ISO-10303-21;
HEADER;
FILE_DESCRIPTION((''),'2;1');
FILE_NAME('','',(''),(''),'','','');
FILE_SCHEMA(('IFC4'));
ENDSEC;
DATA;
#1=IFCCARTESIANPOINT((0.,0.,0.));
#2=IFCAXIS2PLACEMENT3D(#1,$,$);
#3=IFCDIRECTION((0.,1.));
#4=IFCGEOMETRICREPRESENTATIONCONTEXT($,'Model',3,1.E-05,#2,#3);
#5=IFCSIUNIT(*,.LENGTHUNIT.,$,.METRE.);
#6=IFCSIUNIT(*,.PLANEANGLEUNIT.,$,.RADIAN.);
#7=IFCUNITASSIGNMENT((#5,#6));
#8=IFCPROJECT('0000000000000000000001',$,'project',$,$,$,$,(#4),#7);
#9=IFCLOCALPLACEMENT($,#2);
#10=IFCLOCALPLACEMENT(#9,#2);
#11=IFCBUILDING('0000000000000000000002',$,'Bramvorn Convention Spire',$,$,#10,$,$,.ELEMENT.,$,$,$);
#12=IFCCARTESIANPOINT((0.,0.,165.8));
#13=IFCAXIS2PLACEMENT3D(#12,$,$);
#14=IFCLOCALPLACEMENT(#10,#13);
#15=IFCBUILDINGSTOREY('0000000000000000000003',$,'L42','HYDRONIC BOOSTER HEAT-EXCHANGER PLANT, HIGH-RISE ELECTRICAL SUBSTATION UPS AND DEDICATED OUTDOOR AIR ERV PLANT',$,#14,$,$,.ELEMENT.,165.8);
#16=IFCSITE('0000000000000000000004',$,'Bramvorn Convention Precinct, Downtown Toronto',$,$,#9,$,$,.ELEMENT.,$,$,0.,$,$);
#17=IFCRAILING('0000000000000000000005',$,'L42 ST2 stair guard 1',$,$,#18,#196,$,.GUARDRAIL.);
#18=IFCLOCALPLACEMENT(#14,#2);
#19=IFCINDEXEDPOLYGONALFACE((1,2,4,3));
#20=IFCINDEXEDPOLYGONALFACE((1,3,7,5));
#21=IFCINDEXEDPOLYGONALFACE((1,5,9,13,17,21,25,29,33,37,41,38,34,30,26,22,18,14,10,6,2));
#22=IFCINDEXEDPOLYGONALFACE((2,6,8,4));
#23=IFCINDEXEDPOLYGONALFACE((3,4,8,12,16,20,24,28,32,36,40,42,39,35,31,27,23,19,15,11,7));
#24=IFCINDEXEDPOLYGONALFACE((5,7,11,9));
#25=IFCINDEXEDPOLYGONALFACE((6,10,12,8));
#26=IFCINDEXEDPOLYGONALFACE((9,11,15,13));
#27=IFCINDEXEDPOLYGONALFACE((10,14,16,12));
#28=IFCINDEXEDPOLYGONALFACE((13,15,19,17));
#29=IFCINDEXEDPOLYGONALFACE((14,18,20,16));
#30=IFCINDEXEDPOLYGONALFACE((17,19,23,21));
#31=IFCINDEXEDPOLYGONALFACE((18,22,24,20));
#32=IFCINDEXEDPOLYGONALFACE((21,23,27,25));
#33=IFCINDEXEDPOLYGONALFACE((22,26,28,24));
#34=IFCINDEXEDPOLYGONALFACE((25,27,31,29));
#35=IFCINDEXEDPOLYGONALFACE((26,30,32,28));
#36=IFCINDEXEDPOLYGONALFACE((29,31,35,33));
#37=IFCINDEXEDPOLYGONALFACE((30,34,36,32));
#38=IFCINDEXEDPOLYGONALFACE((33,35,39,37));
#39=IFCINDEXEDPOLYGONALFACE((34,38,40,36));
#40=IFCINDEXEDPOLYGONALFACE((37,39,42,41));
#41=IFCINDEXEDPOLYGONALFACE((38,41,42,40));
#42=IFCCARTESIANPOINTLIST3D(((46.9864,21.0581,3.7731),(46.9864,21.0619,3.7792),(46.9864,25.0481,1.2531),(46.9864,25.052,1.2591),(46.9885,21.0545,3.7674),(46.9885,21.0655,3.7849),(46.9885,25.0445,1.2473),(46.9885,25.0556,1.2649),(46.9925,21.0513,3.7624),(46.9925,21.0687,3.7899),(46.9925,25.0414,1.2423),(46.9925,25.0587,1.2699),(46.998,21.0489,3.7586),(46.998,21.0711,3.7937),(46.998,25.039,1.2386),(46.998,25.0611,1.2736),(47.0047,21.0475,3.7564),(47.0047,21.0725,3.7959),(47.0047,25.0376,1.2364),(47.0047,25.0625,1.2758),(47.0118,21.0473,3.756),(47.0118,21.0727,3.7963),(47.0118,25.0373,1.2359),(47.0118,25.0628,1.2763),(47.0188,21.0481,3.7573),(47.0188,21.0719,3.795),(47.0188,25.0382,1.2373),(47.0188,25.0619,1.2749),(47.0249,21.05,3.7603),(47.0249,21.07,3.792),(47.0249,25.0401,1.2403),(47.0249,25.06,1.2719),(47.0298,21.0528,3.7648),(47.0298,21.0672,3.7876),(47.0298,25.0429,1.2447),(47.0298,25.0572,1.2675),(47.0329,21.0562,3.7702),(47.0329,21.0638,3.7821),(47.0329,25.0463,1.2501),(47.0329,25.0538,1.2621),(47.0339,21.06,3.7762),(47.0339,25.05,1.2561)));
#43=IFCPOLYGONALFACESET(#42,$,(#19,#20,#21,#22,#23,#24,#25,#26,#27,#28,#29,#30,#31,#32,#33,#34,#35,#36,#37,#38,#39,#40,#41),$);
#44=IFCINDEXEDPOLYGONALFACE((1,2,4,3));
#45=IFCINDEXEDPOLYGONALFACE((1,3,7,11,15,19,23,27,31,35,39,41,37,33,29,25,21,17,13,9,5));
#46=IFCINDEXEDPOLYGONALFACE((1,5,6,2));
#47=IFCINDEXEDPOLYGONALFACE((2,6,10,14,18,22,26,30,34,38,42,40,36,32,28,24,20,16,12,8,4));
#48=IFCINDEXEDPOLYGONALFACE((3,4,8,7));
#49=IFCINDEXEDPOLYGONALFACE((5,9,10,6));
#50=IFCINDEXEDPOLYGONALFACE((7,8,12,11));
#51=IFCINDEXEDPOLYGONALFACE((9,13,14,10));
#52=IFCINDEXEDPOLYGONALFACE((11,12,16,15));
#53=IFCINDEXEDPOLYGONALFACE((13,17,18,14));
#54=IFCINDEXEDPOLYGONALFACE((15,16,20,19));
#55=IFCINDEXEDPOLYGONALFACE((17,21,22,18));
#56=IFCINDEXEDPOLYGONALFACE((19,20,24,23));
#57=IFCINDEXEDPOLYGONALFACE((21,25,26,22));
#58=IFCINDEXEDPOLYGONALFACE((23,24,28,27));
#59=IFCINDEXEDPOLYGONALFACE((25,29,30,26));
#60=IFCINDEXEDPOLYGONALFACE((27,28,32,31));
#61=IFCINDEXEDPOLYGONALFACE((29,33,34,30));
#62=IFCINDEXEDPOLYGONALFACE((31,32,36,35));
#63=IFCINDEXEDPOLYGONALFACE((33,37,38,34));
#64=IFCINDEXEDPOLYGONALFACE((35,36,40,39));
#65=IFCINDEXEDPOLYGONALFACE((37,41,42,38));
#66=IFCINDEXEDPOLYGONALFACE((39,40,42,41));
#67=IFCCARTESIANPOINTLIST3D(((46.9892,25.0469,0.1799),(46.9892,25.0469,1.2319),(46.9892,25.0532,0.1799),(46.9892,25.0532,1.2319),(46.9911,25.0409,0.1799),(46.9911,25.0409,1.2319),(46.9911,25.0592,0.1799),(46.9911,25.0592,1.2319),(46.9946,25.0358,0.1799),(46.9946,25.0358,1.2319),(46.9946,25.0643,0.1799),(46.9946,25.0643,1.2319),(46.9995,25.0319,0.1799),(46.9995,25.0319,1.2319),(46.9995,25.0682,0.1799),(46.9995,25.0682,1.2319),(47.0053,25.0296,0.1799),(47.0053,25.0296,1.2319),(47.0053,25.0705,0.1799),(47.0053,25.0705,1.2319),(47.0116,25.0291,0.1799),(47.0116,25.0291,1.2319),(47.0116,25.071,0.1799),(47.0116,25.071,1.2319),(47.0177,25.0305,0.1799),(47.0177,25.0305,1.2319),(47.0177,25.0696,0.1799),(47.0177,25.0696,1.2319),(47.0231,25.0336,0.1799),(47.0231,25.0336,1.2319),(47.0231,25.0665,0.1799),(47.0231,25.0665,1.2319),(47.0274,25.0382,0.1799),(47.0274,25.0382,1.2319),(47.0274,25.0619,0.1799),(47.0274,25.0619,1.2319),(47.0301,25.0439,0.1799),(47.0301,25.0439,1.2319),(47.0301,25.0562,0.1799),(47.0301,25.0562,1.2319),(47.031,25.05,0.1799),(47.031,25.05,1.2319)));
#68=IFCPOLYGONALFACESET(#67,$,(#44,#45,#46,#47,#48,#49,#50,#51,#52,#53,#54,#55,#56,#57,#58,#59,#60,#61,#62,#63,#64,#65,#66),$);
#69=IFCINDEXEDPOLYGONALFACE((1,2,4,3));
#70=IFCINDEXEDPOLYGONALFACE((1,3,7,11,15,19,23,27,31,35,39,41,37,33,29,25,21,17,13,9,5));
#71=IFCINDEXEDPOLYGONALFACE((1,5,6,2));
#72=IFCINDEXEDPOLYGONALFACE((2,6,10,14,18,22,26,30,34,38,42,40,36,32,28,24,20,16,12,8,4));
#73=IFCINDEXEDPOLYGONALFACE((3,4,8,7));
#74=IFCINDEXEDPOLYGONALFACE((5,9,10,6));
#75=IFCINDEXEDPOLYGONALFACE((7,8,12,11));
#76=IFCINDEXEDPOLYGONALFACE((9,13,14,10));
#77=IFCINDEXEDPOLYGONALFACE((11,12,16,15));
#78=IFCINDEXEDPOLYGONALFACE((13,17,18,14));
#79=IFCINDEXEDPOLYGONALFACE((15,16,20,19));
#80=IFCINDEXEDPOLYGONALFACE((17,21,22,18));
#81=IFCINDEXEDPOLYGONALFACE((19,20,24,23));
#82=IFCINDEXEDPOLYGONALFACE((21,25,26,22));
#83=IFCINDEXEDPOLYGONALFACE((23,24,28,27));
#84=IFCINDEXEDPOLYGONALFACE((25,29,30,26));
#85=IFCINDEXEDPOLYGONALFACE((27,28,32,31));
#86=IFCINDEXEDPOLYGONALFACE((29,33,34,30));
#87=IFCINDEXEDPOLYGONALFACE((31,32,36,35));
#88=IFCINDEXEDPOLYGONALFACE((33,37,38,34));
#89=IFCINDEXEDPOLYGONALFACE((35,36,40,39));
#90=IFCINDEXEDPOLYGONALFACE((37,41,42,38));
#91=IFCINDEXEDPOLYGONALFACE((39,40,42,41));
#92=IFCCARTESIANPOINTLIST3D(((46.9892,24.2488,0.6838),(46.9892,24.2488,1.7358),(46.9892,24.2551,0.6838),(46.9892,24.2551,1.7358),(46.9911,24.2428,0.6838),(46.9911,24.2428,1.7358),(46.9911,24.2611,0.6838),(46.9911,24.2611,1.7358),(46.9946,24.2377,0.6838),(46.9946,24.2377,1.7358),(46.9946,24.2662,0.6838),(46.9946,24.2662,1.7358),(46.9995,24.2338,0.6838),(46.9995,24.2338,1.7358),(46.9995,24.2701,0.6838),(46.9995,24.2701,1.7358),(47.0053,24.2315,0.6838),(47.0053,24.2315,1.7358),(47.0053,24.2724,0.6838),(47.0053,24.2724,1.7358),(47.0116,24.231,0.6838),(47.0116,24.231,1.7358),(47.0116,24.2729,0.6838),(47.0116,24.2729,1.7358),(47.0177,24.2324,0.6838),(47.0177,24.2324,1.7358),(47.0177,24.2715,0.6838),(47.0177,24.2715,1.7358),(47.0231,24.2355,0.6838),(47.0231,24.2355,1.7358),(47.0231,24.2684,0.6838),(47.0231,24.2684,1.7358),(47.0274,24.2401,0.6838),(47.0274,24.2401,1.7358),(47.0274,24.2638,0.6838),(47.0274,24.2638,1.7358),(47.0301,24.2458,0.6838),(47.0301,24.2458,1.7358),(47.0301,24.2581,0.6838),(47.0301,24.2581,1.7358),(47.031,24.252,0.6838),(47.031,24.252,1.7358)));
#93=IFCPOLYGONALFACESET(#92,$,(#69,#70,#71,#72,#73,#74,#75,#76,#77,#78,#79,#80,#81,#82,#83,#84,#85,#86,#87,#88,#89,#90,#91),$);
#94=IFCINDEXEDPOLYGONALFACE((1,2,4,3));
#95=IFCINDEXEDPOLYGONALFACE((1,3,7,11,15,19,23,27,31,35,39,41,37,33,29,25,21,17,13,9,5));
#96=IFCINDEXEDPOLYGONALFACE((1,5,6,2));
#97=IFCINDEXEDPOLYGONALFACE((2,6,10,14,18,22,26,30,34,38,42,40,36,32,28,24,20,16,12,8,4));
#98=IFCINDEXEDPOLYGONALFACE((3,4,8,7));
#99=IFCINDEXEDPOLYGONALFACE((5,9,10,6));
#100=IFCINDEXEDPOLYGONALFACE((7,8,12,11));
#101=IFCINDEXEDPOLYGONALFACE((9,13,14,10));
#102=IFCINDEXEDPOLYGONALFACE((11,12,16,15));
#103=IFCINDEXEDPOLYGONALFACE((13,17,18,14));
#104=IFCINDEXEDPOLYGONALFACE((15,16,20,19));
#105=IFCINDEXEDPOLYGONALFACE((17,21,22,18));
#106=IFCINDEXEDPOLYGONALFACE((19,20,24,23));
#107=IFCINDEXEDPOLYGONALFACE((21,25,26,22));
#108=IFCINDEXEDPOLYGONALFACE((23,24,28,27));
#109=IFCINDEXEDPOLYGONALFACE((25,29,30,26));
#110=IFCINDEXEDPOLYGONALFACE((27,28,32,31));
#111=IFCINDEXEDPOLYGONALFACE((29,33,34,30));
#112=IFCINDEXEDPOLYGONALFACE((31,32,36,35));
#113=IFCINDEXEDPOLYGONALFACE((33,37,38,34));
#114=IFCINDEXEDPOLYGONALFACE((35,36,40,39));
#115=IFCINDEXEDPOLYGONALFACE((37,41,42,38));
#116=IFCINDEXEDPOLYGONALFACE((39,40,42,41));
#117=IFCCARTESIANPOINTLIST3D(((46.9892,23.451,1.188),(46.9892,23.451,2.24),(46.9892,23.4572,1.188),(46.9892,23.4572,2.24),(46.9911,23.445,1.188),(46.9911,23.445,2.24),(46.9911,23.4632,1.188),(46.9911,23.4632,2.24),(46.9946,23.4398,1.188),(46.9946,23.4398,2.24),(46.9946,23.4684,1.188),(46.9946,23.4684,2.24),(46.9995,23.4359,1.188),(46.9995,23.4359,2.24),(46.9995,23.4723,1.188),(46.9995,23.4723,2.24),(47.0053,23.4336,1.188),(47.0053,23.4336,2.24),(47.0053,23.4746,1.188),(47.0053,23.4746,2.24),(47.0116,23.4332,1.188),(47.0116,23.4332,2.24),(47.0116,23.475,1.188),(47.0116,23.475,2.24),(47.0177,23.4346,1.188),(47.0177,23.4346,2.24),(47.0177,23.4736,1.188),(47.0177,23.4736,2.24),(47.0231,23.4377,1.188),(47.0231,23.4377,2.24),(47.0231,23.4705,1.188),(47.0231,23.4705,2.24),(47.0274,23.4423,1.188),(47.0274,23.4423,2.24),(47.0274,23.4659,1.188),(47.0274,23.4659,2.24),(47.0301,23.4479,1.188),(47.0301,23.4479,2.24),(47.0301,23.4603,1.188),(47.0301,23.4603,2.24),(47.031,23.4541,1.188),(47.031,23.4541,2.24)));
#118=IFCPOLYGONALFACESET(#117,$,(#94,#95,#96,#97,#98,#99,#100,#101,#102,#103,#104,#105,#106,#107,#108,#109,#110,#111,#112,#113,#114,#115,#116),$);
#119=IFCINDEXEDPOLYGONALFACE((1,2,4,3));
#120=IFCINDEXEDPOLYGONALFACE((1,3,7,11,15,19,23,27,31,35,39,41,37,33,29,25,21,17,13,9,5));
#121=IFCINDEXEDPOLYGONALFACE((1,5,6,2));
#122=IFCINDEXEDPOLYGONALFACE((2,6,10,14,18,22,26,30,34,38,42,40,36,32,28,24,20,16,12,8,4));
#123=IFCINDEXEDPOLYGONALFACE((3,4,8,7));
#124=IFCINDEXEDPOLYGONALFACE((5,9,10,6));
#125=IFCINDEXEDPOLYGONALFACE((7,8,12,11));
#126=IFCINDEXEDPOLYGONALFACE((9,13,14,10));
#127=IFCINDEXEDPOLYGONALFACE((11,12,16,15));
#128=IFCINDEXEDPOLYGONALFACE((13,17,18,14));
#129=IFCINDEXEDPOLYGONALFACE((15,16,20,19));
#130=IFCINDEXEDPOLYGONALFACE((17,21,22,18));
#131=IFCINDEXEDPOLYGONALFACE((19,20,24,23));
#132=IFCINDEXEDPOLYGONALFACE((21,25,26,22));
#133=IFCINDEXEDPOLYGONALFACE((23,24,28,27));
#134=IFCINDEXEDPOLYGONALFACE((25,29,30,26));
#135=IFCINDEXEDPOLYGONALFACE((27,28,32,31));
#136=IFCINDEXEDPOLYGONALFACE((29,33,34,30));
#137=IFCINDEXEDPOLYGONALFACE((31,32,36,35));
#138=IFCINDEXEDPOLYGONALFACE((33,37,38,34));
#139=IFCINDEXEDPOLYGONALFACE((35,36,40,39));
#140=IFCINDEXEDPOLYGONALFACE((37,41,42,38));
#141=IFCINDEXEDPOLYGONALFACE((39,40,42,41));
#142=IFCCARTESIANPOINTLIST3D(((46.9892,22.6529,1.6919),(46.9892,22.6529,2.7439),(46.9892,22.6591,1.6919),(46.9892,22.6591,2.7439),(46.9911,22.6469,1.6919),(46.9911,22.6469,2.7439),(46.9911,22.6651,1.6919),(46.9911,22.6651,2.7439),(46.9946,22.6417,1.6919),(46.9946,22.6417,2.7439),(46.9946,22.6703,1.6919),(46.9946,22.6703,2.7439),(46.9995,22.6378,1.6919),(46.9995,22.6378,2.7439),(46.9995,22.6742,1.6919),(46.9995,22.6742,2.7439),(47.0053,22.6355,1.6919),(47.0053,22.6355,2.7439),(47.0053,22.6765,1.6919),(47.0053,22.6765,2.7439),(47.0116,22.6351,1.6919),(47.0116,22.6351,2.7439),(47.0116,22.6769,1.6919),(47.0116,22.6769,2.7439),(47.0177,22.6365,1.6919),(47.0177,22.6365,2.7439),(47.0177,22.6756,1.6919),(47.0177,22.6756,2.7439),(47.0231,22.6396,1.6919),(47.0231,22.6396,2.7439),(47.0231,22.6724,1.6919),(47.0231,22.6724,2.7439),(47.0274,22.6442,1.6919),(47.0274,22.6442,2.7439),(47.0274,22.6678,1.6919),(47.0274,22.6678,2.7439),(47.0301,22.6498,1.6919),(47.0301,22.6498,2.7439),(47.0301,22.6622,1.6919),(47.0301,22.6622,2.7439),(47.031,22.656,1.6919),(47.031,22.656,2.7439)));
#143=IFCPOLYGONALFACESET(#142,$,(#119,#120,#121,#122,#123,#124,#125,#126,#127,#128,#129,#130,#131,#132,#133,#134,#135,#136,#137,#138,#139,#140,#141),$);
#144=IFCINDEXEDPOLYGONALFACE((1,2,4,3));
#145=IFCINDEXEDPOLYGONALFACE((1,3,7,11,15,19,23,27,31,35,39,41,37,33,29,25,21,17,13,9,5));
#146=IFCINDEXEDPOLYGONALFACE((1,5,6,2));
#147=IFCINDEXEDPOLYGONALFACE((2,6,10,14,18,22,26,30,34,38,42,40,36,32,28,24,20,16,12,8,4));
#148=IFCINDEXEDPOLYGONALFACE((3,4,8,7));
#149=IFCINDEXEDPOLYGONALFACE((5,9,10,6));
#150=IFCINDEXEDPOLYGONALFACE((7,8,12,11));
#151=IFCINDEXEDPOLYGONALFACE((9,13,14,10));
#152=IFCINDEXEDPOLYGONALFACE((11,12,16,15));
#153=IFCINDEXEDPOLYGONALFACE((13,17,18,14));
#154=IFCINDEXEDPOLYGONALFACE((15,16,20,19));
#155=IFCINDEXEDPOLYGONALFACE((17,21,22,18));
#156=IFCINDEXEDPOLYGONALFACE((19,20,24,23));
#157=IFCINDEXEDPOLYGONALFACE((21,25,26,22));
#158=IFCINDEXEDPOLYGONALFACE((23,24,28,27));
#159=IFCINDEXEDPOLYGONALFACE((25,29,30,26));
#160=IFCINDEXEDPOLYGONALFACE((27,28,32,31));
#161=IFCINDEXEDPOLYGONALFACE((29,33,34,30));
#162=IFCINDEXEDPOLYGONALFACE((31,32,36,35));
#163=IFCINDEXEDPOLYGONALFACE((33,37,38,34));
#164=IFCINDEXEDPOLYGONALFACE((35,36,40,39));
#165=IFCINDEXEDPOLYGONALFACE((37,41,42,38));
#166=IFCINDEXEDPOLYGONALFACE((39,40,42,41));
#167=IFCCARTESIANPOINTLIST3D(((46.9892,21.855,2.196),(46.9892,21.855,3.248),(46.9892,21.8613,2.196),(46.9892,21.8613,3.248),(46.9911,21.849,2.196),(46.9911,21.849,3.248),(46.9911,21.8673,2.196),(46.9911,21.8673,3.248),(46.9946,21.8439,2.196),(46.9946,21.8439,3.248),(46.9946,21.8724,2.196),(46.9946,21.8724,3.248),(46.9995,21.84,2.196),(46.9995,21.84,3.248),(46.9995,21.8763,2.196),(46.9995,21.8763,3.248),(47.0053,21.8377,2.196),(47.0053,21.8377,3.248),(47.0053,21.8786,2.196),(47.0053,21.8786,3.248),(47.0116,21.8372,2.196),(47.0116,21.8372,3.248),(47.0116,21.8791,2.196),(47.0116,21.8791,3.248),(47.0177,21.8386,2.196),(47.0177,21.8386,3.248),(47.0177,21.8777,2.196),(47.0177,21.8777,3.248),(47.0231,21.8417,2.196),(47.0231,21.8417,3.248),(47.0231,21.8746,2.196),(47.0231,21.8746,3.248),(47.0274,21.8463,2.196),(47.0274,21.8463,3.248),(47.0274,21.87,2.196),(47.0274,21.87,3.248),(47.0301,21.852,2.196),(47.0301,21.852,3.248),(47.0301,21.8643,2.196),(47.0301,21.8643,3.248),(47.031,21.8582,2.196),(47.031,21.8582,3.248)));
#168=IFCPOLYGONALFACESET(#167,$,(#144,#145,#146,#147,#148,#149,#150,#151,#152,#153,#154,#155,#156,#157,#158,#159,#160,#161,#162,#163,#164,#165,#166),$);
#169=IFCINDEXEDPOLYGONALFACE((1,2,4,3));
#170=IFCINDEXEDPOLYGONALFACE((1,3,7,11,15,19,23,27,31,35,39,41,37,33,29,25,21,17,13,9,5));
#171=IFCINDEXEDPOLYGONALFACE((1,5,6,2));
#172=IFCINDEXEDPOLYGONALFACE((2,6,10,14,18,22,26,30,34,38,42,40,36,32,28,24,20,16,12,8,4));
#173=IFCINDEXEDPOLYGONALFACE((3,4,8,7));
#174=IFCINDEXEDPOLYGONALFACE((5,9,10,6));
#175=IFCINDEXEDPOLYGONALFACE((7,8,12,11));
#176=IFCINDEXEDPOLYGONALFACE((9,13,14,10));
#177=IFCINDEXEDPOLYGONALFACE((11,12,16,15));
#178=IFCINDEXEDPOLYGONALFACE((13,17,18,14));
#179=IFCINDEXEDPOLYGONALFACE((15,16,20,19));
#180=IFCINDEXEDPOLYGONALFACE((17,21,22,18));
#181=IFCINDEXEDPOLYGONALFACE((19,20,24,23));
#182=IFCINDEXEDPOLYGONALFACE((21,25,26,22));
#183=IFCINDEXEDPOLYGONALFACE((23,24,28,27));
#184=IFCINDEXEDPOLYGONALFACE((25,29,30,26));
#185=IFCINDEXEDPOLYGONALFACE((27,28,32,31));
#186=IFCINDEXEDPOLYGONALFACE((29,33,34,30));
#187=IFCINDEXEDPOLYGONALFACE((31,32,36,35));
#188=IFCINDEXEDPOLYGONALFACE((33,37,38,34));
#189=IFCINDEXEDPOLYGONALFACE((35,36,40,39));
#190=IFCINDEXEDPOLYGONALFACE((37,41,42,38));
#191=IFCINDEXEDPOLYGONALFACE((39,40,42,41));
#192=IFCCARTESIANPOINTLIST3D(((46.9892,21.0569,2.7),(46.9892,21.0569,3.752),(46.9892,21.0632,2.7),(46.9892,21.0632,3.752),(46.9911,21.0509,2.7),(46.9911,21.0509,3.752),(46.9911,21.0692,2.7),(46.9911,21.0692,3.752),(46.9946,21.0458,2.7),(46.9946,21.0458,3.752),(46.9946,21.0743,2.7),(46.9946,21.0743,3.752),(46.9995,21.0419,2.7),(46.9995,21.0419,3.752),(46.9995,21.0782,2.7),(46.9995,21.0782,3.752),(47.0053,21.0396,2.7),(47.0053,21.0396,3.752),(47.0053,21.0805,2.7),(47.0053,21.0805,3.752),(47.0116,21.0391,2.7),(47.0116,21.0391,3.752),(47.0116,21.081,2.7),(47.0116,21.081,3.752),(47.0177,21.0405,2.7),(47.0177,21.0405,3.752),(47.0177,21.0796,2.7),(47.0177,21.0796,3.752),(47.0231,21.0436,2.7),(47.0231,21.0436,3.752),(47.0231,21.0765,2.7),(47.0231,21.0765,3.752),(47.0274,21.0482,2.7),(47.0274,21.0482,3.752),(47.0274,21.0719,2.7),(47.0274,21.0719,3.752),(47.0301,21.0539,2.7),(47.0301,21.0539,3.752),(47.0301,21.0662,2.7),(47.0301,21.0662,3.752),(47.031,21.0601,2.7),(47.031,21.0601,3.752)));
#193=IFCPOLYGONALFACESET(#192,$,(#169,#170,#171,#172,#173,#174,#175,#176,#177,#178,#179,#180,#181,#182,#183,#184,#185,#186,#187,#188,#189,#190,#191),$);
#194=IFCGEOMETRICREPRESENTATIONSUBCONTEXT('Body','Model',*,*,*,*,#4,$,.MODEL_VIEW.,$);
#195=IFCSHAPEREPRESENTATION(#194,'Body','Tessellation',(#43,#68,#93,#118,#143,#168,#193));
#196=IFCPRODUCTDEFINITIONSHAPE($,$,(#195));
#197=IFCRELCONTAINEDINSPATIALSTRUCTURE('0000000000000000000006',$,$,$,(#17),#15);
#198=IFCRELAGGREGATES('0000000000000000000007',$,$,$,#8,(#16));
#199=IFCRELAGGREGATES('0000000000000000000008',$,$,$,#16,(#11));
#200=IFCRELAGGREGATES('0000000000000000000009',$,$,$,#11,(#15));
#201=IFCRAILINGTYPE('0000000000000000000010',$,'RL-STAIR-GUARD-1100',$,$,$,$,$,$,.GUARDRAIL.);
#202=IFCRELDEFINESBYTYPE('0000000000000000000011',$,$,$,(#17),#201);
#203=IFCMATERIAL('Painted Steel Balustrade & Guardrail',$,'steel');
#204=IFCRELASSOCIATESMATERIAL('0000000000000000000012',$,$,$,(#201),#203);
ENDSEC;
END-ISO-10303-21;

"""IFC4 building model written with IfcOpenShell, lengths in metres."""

from ifc_helpers import new_model, si_unit, direction, frame, origin, origin_2d, place, context, subcontext, project, spatial, circle, extrude, material, type_object, element, save


model = new_model("IFC4")

# Units and contexts
model_context = context("Model", 3, precision=1e-05, world=origin(), true_north=direction((0.0, 1.0)))
body_context = subcontext(model_context, "Body", "Model", "MODEL_VIEW")
ifc_project = project(units=[si_unit("LENGTHUNIT", "METRE"), si_unit("PLANEANGLEUNIT", "RADIAN")], contexts=[model_context])

# Site, building, storey
site_placement = place(None, origin())
site = spatial("IfcSite", under=ifc_project, at=site_placement, Name="Bramvorn Convention Precinct, Downtown Toronto", CompositionType="ELEMENT", RefElevation=0.0)
building_placement = place(site_placement, origin())
building = spatial("IfcBuilding", under=site, at=building_placement, Name="Bramvorn Convention Spire", CompositionType="ELEMENT")
storey_placement = place(building_placement, frame((0.0, 0.0, 165.8)))
storey = spatial("IfcBuildingStorey", under=building, at=storey_placement, Name="L42", Description="HYDRONIC BOOSTER HEAT-EXCHANGER PLANT, HIGH-RISE ELECTRICAL SUBSTATION UPS AND DEDICATED OUTDOOR AIR ERV PLANT", CompositionType="ELEMENT", Elevation=165.8)

# Railing
ifc_material_1 = material(Name="Painted Steel Balustrade & Guardrail", Category="steel")
railing_type_1 = type_object("IfcRailingType", Name="RL-STAIR-GUARD-1100", PredefinedType="GUARDRAIL", material=ifc_material_1)
railing_1_placement = place(storey_placement, frame((47.01, 25.05, 0.1799)))
element("IfcRailing", 1, at=railing_1_placement, inside=storey, type_object=railing_type_1, Name="L42 ST2 stair guard 1", PredefinedType="GUARDRAIL", context=body_context, shape_type="SweptSolid", body=[
    extrude(circle(Radius=0.0239, at=origin_2d()), frame((0.0, 0.0, 1.0762), z_axis=(0.0, -0.845486, 0.533997), x_axis=(1.0, 0.0, 0.0)), (0.0, 0.0, 1.0), 4.7192),
    extrude(circle(Radius=0.021, at=origin_2d()), origin(), (0.0, 0.0, 1.0), 1.052),
    extrude(circle(Radius=0.021, at=origin_2d()), frame((0.0, -0.7981, 0.5039)), (0.0, 0.0, 1.0), 1.052),
    extrude(circle(Radius=0.021, at=origin_2d()), frame((0.0, -1.5959, 1.0081)), (0.0, 0.0, 1.0), 1.052),
    extrude(circle(Radius=0.021, at=origin_2d()), frame((0.0, -2.394, 1.512)), (0.0, 0.0, 1.0), 1.052),
    extrude(circle(Radius=0.021, at=origin_2d()), frame((0.0, -3.1919, 2.0161)), (0.0, 0.0, 1.0), 1.052),
    extrude(circle(Radius=0.021, at=origin_2d()), frame((0.0, -3.99, 2.52)), (0.0, 0.0, 1.0), 1.052),
])

save(model, "model.ifc")
